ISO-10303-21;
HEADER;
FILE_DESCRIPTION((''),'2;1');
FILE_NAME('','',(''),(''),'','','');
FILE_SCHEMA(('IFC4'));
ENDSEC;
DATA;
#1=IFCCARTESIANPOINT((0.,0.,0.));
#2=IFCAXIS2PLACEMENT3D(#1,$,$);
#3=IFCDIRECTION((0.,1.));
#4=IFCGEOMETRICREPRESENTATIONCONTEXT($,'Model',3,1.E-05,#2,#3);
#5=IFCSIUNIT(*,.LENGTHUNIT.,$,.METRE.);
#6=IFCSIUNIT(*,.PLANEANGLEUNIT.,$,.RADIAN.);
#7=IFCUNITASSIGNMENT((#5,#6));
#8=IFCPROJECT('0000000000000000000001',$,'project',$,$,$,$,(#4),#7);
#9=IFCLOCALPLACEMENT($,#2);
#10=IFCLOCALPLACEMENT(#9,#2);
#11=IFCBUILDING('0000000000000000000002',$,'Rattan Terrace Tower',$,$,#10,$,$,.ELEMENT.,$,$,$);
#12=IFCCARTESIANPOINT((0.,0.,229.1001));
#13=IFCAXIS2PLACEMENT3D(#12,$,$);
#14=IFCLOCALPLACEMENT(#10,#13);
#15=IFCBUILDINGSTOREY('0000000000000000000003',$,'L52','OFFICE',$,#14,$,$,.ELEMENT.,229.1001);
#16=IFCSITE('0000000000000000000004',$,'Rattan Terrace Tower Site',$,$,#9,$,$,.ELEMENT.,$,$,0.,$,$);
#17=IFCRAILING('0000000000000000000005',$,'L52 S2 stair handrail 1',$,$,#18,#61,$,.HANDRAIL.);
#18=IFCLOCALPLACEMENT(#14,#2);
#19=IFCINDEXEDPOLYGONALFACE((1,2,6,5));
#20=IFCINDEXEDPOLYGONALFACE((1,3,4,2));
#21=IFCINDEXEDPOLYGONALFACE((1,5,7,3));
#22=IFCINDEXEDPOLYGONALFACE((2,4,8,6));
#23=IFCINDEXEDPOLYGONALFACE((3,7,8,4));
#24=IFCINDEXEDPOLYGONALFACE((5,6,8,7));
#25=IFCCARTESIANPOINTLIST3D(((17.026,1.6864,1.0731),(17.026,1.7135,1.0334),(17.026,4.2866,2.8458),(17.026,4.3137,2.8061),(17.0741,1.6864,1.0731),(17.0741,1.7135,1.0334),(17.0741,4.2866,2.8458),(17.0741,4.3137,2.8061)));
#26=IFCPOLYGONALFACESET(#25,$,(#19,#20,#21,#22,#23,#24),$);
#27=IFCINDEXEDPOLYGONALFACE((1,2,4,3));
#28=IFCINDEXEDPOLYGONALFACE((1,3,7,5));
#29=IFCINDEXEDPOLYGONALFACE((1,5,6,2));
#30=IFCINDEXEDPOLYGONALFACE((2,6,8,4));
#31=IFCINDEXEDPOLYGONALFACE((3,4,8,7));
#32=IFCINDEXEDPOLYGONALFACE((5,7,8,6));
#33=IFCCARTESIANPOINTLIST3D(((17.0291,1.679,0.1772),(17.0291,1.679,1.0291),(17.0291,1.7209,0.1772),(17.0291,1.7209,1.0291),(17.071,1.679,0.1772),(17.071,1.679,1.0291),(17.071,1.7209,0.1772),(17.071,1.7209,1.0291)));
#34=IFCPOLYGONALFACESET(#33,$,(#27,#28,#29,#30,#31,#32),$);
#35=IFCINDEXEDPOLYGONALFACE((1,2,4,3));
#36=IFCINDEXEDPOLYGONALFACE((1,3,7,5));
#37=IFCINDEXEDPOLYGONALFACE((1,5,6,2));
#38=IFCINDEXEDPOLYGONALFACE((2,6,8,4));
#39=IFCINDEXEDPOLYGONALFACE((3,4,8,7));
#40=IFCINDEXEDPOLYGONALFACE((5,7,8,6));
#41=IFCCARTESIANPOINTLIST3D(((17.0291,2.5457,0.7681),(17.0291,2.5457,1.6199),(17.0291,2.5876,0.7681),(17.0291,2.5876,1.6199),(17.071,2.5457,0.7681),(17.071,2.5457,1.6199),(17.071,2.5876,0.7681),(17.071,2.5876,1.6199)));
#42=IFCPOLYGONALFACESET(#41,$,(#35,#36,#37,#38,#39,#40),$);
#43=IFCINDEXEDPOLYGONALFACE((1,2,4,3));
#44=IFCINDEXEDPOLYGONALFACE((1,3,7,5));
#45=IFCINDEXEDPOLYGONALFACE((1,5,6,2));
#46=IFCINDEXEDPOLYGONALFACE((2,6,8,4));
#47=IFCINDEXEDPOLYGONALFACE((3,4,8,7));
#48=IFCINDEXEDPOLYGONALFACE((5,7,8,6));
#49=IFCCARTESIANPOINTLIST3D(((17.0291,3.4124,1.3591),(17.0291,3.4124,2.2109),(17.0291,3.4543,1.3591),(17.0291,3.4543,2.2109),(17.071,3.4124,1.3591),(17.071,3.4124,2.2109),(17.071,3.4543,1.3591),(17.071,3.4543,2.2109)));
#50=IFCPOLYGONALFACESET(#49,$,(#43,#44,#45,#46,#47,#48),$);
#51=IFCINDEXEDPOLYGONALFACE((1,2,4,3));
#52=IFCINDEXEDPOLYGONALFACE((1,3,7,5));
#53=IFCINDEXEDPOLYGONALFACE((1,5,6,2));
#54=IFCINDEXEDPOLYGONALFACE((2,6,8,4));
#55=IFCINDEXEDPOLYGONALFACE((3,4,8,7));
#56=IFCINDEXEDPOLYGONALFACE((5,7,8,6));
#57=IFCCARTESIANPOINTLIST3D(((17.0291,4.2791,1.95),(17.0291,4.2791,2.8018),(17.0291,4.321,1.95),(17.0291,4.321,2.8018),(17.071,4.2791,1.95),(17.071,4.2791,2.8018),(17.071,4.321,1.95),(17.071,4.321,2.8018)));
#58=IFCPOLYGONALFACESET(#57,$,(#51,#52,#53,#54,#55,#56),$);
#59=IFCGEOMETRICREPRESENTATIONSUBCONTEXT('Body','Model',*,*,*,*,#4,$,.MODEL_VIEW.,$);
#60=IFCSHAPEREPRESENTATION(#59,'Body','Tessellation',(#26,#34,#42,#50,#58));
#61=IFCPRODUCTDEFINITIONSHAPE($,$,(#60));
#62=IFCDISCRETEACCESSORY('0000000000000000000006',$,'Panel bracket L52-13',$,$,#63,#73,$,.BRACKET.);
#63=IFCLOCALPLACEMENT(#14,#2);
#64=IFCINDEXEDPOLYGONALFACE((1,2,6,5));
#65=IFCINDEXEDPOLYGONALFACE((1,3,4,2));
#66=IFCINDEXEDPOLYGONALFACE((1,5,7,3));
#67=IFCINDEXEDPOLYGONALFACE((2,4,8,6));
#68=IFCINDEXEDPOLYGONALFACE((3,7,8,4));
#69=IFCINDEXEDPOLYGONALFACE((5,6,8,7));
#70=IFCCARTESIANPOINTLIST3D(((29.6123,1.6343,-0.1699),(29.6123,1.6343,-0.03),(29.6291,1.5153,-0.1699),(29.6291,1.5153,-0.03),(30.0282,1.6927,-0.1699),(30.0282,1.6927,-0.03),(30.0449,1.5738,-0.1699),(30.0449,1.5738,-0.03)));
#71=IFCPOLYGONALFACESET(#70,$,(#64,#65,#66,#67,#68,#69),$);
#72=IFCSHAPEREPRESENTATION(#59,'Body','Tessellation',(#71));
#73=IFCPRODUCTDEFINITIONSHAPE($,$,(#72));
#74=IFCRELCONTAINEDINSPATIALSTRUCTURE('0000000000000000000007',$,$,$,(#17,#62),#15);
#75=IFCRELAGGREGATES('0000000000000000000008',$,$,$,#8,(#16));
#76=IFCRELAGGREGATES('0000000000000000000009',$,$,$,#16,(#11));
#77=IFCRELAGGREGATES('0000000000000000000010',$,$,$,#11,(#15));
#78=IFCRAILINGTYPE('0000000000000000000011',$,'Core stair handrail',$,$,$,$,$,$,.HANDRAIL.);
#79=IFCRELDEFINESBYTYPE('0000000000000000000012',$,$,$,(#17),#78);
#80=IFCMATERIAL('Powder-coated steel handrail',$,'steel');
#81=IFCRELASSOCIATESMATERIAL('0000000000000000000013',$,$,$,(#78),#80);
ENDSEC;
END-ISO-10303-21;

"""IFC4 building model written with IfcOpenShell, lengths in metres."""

from ifc_helpers import new_model, si_unit, direction, frame, origin, origin_2d, place, context, subcontext, project, spatial, rectangle, extrude, material, type_object, element, save


model = new_model("IFC4")

# Units and contexts
model_context = context("Model", 3, precision=1e-05, world=origin(), true_north=direction((0.0, 1.0)))
body_context = subcontext(model_context, "Body", "Model", "MODEL_VIEW")
ifc_project = project(units=[si_unit("LENGTHUNIT", "METRE"), si_unit("PLANEANGLEUNIT", "RADIAN")], contexts=[model_context])

# Site, building, storey
site_placement = place(None, origin())
site = spatial("IfcSite", under=ifc_project, at=site_placement, Name="Rattan Terrace Tower Site", CompositionType="ELEMENT", RefElevation=0.0)
building_placement = place(site_placement, origin())
building = spatial("IfcBuilding", under=site, at=building_placement, Name="Rattan Terrace Tower", CompositionType="ELEMENT")
storey_placement = place(building_placement, frame((0.0, 0.0, 229.1001)))
storey = spatial("IfcBuildingStorey", under=building, at=storey_placement, Name="L52", Description="OFFICE", CompositionType="ELEMENT", Elevation=229.1001)

# Railing
ifc_material_1 = material(Name="Powder-coated steel handrail", Category="steel")
railing_type = type_object("IfcRailingType", Name="Core stair handrail", PredefinedType="HANDRAIL", material=ifc_material_1)
railing_placement = place(storey_placement, frame((17.05, 1.7, 0.1772)))
element("IfcRailing", 1, at=railing_placement, inside=storey, type_object=railing_type, Name="L52 S2 stair handrail 1", PredefinedType="HANDRAIL", context=body_context, shape_type="SweptSolid", body=[
    extrude(rectangle(XDim=0.0481, YDim=0.0481, at=origin_2d()), frame((0.0, 0.0, 0.876), z_axis=(0.0, 0.82624, 0.563318), x_axis=(-1.0, 0.0, 0.0)), (0.0, 0.0, 1.0), 3.147),
    extrude(rectangle(XDim=0.042, YDim=0.042, at=origin_2d()), origin(), (0.0, 0.0, 1.0), 0.8518),
    extrude(rectangle(XDim=0.042, YDim=0.042, at=origin_2d()), frame((0.0, 0.8667, 0.5908)), (0.0, 0.0, 1.0), 0.8518),
    extrude(rectangle(XDim=0.042, YDim=0.042, at=origin_2d()), frame((0.0, 1.7334, 1.1819)), (0.0, 0.0, 1.0), 0.8518),
    extrude(rectangle(XDim=0.042, YDim=0.042, at=origin_2d()), frame((0.0, 2.6001, 1.7727)), (0.0, 0.0, 1.0), 0.8518),
])

# Discrete accessory
discrete_accessory_placement = place(storey_placement, frame((29.8286, 1.604, -0.1699), z_axis=(0.0, 0.0, 1.0), x_axis=(-0.139186, 0.990266, 0.0)))
element("IfcDiscreteAccessory", 2, at=discrete_accessory_placement, inside=storey, Name="Panel bracket L52-13", PredefinedType="BRACKET", context=body_context, shape_type="SweptSolid", body=[
    extrude(rectangle(XDim=0.1201, YDim=0.4199, at=origin_2d()), origin(), (0.0, 0.0, 1.0), 0.1399),
])

save(model, "model.ifc")
